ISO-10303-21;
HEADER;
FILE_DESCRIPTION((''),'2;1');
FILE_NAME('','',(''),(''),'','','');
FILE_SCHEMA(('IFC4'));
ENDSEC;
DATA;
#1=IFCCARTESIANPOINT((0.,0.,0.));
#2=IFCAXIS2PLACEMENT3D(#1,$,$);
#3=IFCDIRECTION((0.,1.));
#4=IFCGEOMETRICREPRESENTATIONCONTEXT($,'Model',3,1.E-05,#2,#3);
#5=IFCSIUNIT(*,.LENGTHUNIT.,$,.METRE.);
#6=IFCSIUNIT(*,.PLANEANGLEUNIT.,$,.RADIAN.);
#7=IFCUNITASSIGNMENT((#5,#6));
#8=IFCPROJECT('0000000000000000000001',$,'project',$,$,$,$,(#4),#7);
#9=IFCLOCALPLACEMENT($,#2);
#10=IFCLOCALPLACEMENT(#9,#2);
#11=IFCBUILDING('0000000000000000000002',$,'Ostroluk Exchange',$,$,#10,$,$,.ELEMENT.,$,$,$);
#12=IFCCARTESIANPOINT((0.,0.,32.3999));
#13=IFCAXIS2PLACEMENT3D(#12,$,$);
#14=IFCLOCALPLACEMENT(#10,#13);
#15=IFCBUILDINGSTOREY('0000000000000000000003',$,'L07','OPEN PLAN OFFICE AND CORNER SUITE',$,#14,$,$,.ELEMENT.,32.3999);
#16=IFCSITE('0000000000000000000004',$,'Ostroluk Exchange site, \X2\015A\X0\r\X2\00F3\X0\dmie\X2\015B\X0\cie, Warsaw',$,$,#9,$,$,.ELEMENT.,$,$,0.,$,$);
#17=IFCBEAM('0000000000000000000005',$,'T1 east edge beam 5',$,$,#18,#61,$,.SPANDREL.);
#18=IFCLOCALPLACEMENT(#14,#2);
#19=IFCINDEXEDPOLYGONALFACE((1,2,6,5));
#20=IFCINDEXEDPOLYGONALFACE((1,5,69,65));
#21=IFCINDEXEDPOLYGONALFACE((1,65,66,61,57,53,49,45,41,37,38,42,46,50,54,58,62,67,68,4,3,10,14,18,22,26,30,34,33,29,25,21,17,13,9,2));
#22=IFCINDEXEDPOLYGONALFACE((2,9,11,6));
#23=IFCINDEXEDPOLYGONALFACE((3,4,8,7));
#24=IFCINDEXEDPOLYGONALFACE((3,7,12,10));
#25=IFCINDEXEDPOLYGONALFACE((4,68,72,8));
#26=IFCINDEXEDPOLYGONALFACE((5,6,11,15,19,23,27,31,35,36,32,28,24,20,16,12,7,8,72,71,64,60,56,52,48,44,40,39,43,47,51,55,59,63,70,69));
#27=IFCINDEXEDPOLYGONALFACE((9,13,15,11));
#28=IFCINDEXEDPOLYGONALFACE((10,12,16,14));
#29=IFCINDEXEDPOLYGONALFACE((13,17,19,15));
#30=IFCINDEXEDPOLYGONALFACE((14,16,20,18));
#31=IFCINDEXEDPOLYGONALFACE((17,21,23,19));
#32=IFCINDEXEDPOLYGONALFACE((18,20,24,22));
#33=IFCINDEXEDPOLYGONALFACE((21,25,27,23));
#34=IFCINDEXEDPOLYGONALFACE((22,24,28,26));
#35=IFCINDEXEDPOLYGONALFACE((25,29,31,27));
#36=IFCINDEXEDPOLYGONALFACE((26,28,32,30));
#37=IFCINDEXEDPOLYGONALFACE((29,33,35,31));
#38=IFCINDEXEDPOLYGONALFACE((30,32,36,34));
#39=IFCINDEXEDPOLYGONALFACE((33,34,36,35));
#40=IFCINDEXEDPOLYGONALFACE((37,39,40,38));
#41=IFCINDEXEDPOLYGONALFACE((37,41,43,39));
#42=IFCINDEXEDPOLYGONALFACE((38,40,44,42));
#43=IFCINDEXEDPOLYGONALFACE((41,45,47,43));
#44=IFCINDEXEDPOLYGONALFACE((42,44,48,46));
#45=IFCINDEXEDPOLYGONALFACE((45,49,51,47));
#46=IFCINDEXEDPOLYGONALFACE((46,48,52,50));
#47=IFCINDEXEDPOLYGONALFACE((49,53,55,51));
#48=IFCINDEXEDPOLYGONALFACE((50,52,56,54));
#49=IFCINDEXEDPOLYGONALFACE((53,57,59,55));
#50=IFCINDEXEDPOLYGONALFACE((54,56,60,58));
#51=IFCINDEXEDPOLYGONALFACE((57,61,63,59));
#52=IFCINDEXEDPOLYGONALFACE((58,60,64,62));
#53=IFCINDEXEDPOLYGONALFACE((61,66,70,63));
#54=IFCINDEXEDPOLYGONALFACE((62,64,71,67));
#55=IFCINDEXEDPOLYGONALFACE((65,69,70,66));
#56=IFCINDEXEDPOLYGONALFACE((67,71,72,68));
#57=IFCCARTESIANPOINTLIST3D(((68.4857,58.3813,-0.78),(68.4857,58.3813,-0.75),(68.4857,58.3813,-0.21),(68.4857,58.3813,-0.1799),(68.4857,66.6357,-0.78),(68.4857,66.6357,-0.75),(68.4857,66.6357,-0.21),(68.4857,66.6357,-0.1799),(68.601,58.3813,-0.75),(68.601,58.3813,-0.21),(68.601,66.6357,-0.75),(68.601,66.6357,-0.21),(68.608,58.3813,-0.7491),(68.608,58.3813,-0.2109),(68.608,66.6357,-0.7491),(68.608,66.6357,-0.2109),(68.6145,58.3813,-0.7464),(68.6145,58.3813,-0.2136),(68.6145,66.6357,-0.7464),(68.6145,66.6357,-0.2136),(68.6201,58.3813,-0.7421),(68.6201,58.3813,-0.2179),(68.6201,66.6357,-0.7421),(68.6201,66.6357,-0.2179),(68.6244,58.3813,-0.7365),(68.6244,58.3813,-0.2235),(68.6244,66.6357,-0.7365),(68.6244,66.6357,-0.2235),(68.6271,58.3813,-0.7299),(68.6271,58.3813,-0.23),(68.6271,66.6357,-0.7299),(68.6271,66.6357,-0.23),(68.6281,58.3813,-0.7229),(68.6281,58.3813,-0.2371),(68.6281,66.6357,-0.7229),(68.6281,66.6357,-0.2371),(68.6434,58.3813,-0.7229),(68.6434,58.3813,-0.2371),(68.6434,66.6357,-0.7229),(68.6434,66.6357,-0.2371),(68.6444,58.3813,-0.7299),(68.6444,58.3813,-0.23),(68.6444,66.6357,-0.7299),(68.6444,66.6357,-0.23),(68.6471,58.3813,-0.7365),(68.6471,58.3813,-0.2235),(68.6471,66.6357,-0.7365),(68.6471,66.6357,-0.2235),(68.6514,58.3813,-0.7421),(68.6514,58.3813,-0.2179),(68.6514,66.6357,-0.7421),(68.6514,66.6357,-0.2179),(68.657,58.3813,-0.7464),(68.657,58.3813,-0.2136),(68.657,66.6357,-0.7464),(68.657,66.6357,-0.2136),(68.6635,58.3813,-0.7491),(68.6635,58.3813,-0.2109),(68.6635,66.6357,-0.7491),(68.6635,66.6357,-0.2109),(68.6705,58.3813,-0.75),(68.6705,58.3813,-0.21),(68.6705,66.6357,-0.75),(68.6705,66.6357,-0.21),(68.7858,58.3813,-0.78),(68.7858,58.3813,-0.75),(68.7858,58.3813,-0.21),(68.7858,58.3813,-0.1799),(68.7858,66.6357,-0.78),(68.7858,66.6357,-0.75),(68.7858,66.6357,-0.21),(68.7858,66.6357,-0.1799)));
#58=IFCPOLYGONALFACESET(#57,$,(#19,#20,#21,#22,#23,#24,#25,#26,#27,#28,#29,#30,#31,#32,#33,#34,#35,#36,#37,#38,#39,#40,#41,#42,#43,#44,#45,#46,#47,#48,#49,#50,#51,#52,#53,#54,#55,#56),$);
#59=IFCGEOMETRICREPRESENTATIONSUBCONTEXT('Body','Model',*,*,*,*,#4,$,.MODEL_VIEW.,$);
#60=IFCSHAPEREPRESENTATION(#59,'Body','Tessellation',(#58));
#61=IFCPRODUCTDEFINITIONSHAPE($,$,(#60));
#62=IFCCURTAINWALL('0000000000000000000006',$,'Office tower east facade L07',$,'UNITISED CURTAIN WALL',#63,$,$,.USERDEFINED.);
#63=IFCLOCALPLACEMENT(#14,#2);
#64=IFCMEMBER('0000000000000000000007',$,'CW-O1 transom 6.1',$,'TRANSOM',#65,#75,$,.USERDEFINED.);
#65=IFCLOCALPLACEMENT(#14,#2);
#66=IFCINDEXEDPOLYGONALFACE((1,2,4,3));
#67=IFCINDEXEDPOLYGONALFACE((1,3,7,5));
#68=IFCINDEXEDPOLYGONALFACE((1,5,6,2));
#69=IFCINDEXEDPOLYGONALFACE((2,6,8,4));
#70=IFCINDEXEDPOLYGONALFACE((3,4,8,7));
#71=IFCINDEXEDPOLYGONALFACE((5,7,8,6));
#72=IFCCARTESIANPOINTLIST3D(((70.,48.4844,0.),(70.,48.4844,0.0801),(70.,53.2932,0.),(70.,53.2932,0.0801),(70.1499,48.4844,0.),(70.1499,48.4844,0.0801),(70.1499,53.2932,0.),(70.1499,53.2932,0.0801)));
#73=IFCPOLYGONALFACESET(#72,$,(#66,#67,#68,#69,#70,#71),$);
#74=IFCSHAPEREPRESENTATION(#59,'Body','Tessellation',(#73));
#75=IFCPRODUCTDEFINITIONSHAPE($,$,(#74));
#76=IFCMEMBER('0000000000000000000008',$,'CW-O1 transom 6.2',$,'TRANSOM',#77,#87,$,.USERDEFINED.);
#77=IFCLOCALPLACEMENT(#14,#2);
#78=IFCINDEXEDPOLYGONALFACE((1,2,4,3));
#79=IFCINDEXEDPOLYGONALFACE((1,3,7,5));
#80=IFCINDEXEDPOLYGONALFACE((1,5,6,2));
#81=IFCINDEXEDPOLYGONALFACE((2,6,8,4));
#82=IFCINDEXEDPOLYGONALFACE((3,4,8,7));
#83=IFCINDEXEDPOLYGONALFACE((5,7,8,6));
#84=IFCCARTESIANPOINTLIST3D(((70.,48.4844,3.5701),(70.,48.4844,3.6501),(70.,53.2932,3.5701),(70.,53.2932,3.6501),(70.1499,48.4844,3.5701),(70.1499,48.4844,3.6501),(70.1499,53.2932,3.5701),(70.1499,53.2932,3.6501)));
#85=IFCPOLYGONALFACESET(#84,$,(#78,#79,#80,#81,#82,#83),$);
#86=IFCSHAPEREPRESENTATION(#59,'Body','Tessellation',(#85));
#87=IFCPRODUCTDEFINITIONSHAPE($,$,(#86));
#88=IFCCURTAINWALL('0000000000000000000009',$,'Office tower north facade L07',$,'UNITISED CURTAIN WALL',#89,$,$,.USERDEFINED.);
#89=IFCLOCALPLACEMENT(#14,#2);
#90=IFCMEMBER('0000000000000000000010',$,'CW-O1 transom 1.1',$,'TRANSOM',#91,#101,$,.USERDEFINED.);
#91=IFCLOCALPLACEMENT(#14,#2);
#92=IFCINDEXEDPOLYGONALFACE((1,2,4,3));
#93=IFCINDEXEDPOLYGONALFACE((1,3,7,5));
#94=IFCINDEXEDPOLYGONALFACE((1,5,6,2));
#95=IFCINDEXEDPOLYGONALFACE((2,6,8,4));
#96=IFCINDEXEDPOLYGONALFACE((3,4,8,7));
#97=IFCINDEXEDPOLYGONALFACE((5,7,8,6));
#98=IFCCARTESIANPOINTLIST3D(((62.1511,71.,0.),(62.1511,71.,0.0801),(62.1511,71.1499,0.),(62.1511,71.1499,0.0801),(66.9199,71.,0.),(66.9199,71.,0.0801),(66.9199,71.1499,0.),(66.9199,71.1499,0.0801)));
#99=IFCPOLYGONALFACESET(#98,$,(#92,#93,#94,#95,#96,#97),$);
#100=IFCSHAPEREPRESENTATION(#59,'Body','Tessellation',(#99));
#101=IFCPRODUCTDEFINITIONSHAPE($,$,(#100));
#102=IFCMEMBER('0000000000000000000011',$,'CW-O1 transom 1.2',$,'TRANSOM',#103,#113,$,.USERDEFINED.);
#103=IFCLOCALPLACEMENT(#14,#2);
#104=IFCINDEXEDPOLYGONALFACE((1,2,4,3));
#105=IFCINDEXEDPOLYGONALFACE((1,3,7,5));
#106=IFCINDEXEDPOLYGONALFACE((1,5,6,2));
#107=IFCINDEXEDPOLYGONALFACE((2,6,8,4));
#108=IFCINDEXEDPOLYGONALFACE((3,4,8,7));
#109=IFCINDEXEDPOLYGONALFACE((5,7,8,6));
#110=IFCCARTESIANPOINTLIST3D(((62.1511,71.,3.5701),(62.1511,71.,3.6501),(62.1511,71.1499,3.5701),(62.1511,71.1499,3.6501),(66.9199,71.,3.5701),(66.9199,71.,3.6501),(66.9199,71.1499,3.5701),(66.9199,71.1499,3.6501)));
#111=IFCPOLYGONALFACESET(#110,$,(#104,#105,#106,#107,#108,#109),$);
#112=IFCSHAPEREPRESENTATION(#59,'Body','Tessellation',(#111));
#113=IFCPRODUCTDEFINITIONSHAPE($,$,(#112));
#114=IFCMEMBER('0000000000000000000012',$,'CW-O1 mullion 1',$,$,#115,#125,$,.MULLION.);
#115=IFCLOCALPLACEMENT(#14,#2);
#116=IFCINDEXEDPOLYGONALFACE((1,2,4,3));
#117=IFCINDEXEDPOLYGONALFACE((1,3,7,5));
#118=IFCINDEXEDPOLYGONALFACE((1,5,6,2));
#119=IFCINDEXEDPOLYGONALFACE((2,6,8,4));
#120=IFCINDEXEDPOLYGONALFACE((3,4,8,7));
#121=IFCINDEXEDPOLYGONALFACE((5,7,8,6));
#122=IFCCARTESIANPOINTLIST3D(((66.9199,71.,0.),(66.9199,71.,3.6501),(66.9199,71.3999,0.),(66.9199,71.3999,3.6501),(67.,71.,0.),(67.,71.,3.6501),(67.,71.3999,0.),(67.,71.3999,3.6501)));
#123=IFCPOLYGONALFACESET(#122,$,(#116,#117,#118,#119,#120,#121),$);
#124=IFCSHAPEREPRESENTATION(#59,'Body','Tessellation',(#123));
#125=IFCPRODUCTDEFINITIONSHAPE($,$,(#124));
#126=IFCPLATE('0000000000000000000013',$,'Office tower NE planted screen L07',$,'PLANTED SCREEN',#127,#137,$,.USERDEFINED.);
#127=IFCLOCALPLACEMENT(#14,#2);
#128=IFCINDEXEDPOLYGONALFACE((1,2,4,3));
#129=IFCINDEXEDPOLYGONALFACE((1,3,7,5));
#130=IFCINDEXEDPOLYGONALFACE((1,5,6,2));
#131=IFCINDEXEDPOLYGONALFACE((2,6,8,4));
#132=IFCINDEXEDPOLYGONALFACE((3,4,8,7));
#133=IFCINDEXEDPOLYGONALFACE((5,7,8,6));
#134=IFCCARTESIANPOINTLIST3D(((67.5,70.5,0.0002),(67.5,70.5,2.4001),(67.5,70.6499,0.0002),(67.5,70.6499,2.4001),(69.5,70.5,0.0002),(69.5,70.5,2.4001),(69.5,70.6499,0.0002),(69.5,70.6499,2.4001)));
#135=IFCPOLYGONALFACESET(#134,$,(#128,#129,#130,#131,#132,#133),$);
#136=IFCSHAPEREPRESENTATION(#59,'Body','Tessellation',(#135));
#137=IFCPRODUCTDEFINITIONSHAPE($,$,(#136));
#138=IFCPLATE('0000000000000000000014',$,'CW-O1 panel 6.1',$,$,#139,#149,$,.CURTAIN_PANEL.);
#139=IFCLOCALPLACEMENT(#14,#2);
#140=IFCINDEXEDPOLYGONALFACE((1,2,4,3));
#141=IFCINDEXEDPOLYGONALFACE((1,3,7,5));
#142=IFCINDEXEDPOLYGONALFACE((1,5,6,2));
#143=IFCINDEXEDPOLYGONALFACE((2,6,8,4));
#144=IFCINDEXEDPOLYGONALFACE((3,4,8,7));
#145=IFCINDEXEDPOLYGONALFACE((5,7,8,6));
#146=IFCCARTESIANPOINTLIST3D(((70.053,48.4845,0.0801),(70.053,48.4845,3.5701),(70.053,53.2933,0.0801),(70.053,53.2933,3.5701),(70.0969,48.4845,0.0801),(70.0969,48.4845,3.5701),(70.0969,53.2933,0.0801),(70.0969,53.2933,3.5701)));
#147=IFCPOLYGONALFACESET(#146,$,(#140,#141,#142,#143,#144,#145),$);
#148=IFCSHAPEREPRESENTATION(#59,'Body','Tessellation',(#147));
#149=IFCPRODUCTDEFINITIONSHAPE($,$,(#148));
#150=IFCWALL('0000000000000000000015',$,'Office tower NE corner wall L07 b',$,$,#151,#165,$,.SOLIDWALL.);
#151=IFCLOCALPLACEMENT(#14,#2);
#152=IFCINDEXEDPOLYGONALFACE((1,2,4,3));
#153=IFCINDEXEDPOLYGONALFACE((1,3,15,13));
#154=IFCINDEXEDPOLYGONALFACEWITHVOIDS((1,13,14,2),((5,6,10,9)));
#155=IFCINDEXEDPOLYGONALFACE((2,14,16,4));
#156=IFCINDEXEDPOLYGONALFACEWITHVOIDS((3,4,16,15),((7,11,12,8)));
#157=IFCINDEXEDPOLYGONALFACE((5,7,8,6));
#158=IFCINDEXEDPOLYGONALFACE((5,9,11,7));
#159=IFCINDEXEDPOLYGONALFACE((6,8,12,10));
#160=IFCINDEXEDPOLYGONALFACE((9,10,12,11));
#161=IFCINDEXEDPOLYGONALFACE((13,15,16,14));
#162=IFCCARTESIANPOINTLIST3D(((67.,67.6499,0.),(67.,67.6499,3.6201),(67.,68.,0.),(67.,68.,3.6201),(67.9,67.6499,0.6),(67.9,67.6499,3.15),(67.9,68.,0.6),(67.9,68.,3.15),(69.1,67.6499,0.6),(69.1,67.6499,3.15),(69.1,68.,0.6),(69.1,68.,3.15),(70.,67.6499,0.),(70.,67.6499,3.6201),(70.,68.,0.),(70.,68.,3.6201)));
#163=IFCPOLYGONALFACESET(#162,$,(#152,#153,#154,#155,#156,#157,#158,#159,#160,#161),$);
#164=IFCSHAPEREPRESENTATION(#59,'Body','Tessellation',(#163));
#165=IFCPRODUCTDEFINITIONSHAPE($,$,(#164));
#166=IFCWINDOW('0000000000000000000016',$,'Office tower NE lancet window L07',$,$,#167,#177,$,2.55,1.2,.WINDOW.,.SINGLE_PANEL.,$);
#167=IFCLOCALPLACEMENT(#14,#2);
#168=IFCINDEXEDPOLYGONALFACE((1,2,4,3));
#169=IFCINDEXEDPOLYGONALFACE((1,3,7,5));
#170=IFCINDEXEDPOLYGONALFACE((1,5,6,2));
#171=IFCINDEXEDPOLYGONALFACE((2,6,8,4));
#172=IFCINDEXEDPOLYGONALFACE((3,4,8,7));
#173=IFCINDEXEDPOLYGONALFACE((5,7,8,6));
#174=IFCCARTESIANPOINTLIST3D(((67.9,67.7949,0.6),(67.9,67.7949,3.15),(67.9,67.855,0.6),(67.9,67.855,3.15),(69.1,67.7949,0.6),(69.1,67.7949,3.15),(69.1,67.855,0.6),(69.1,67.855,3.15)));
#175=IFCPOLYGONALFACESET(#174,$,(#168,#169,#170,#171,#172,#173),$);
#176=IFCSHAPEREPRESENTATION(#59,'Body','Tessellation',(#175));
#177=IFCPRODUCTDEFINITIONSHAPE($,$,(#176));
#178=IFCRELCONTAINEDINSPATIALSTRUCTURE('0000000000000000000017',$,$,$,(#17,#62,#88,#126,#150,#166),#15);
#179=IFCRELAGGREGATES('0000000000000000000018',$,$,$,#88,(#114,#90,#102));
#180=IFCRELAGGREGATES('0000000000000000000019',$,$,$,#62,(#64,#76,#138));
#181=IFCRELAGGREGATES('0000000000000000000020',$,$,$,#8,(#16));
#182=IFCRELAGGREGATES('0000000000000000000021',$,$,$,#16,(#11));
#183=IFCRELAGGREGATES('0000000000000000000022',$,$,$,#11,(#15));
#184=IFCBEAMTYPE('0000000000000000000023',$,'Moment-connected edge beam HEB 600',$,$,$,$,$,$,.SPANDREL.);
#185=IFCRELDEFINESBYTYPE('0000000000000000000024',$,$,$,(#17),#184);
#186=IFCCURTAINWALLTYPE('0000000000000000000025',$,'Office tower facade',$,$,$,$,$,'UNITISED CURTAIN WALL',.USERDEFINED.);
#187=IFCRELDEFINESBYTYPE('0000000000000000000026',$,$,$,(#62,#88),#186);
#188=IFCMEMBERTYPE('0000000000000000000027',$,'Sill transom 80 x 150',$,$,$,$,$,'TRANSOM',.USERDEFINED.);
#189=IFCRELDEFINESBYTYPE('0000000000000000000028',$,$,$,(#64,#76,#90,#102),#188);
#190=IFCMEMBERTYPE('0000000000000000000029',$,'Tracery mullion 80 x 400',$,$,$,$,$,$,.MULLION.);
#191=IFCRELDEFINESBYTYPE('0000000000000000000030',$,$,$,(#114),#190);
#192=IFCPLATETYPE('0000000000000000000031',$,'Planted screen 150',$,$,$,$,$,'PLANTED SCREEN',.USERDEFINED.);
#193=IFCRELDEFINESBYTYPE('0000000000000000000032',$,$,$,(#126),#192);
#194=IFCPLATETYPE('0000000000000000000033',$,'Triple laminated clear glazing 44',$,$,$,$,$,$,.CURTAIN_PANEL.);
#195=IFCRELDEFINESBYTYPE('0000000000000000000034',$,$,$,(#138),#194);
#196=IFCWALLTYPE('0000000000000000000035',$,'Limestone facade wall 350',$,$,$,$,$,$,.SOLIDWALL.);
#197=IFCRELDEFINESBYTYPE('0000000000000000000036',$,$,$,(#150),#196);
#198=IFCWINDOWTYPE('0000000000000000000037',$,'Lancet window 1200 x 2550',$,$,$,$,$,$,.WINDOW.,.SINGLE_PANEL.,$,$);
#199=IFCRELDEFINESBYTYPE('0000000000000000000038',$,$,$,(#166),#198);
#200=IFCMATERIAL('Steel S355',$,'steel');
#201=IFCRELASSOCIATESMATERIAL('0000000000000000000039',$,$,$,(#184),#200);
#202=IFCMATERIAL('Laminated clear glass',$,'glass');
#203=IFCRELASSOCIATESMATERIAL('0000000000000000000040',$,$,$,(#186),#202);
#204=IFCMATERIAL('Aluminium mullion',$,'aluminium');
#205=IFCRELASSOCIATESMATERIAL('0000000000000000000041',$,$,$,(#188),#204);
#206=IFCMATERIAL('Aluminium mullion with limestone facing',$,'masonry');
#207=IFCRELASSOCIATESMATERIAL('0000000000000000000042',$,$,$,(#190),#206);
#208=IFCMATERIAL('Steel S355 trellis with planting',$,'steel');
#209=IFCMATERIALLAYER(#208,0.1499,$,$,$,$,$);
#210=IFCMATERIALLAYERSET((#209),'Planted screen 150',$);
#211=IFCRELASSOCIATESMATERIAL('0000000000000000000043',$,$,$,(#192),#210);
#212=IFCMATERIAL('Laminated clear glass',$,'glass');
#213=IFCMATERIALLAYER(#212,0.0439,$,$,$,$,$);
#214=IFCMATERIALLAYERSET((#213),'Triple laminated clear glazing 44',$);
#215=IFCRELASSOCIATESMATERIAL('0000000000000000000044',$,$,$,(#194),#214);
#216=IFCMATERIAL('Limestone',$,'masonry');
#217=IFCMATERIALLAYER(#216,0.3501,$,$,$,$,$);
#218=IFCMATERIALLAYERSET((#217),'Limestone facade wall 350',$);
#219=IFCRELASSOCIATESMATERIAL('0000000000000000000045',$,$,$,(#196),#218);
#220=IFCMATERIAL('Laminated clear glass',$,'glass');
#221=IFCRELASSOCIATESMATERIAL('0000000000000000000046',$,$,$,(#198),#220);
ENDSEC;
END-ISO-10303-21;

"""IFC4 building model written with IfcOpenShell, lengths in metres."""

from ifc_helpers import new_model, si_unit, direction, frame, frame_2d, origin, origin_2d, place, context, subcontext, project, spatial, rectangle, i_section, extrude, material, layer, layer_set, material_profile, profile_set, type_object, element, fill, aggregate, save


model = new_model("IFC4")

# Units and contexts
model_context = context("Model", 3, precision=1e-05, world=origin(), true_north=direction((0.0, 1.0)))
body_context = subcontext(model_context, "Body", "Model", "MODEL_VIEW")
ifc_project = project(units=[si_unit("LENGTHUNIT", "METRE"), si_unit("PLANEANGLEUNIT", "RADIAN")], contexts=[model_context])

# Site, building, storey
site_placement = place(None, origin())
site = spatial("IfcSite", under=ifc_project, at=site_placement, Name="Ostroluk Exchange site, Śródmieście, Warsaw", CompositionType="ELEMENT", RefElevation=0.0)
building_placement = place(site_placement, origin())
building = spatial("IfcBuilding", under=site, at=building_placement, Name="Ostroluk Exchange", CompositionType="ELEMENT")
storey_placement = place(building_placement, frame((0.0, 0.0, 32.3999)))
storey = spatial("IfcBuildingStorey", under=building, at=storey_placement, Name="L07", Description="OPEN PLAN OFFICE AND CORNER SUITE", CompositionType="ELEMENT", Elevation=32.3999)

# Beam
ifc_material_1 = material(Name="Steel S355", Category="steel")
ifc_material_profile_1 = material_profile(ifc_material_1, i_section(OverallWidth=0.3, OverallDepth=0.6001, WebThickness=0.0154, FlangeThickness=0.03, FilletRadius=0.0271, at=origin_2d()), Name="HEB 600")
ifc_profile_set_1 = profile_set([ifc_material_profile_1], Name="Steel S355")
beam_type_1 = type_object("IfcBeamType", Name="Moment-connected edge beam HEB 600", PredefinedType="SPANDREL", material=ifc_profile_set_1)
beam_1_placement = place(storey_placement, frame((68.6357, 58.3813, -0.48), z_axis=(0.0, 1.0, 0.0), x_axis=(-1.0, 0.0, 0.0)))
element("IfcBeam", 1, at=beam_1_placement, inside=storey, type_object=beam_type_1, Name="T1 east edge beam 5", PredefinedType="SPANDREL", context=body_context, shape_type="SweptSolid", body=[
    extrude(i_section(OverallWidth=0.3, OverallDepth=0.6001, WebThickness=0.0154, FlangeThickness=0.03, FilletRadius=0.0271, at=origin_2d()), origin(), (0.0, 0.0, 1.0), 8.2544),
])

# Curtain walls, members
ifc_material_2 = material(Name="Laminated clear glass", Category="glass")
curtain_wall_type = type_object("IfcCurtainWallType", Name="Office tower facade", ElementType="UNITISED CURTAIN WALL", PredefinedType="USERDEFINED", material=ifc_material_2)
curtain_wall_1_placement = place(storey_placement, origin())
curtain_wall_1 = element("IfcCurtainWall", 2, at=curtain_wall_1_placement, inside=storey, type_object=curtain_wall_type, Name="Office tower east facade L07", ObjectType="UNITISED CURTAIN WALL", PredefinedType="USERDEFINED")
ifc_material_3 = material(Name="Aluminium mullion", Category="aluminium")
ifc_material_profile_2 = material_profile(ifc_material_3, rectangle(XDim=0.1499, YDim=0.0801, at=origin_2d()), Name="Sill transom 80 x 150")
ifc_profile_set_2 = profile_set([ifc_material_profile_2], Name="Aluminium mullion")
member_type_1 = type_object("IfcMemberType", Name="Sill transom 80 x 150", ElementType="TRANSOM", PredefinedType="USERDEFINED", material=ifc_profile_set_2)
member_1_placement = place(storey_placement, frame((70.075, 48.4844, 0.04), z_axis=(0.0, 1.0, 0.0), x_axis=(-1.0, 0.0, 0.0)))
member_1 = element("IfcMember", 3, at=member_1_placement, type_object=member_type_1, Name="CW-O1 transom 6.1", ObjectType="TRANSOM", PredefinedType="USERDEFINED", context=body_context, shape_type="SweptSolid", body=[
    extrude(rectangle(XDim=0.1499, YDim=0.0801, at=origin_2d()), origin(), (0.0, 0.0, 1.0), 4.8088),
])
member_2_placement = place(storey_placement, frame((70.075, 48.4844, 3.6101), z_axis=(0.0, 1.0, 0.0), x_axis=(-1.0, 0.0, 0.0)))
member_2 = element("IfcMember", 4, at=member_2_placement, type_object=member_type_1, Name="CW-O1 transom 6.2", ObjectType="TRANSOM", PredefinedType="USERDEFINED", context=body_context, shape_type="SweptSolid", body=[
    extrude(rectangle(XDim=0.1499, YDim=0.0801, at=origin_2d()), origin(), (0.0, 0.0, 1.0), 4.8088),
])
curtain_wall_2_placement = place(storey_placement, origin())
curtain_wall_2 = element("IfcCurtainWall", 5, at=curtain_wall_2_placement, inside=storey, type_object=curtain_wall_type, Name="Office tower north facade L07", ObjectType="UNITISED CURTAIN WALL", PredefinedType="USERDEFINED")
member_3_placement = place(storey_placement, frame((66.9199, 71.075, 0.04), z_axis=(-1.0, 0.0, 0.0), x_axis=(0.0, -1.0, 0.0)))
member_3 = element("IfcMember", 6, at=member_3_placement, type_object=member_type_1, Name="CW-O1 transom 1.1", ObjectType="TRANSOM", PredefinedType="USERDEFINED", context=body_context, shape_type="SweptSolid", body=[
    extrude(rectangle(XDim=0.1499, YDim=0.0801, at=origin_2d()), origin(), (0.0, 0.0, 1.0), 4.7688),
])
member_4_placement = place(storey_placement, frame((66.9199, 71.075, 3.6101), z_axis=(-1.0, 0.0, 0.0), x_axis=(0.0, -1.0, 0.0)))
member_4 = element("IfcMember", 7, at=member_4_placement, type_object=member_type_1, Name="CW-O1 transom 1.2", ObjectType="TRANSOM", PredefinedType="USERDEFINED", context=body_context, shape_type="SweptSolid", body=[
    extrude(rectangle(XDim=0.1499, YDim=0.0801, at=origin_2d()), origin(), (0.0, 0.0, 1.0), 4.7688),
])
ifc_material_4 = material(Name="Aluminium mullion with limestone facing", Category="masonry")
ifc_material_profile_3 = material_profile(ifc_material_4, rectangle(XDim=0.3999, YDim=0.0801, at=origin_2d()), Name="Tracery mullion 80 x 400")
ifc_profile_set_3 = profile_set([ifc_material_profile_3], Name="Aluminium mullion with limestone facing")
member_type_2 = type_object("IfcMemberType", Name="Tracery mullion 80 x 400", PredefinedType="MULLION", material=ifc_profile_set_3)
member_5_placement = place(storey_placement, frame((66.96, 71.2, 0.0), z_axis=(0.0, 0.0, 1.0), x_axis=(0.0, -1.0, 0.0)))
member_5 = element("IfcMember", 8, at=member_5_placement, type_object=member_type_2, Name="CW-O1 mullion 1", PredefinedType="MULLION", context=body_context, shape_type="SweptSolid", body=[
    extrude(rectangle(XDim=0.3999, YDim=0.0801, at=origin_2d()), origin(), (0.0, 0.0, 1.0), 3.6501),
])
aggregate(curtain_wall_2, [member_5, member_3, member_4])

# Plates
ifc_material_5 = material(Name="Steel S355 trellis with planting", Category="steel")
ifc_layer_1 = layer(ifc_material_5, 0.1499)
ifc_layer_set_1 = layer_set([ifc_layer_1], Name="Planted screen 150")
plate_type_1 = type_object("IfcPlateType", Name="Planted screen 150", ElementType="PLANTED SCREEN", PredefinedType="USERDEFINED", material=ifc_layer_set_1)
plate_1_placement = place(storey_placement, frame((68.5, 70.575, 0.0002), z_axis=(0.0, 0.0, 1.0), x_axis=(1.0, 0.0, 0.0)))
element("IfcPlate", 9, at=plate_1_placement, inside=storey, type_object=plate_type_1, Name="Office tower NE planted screen L07", ObjectType="PLANTED SCREEN", PredefinedType="USERDEFINED", context=body_context, shape_type="SweptSolid", body=[
    extrude(rectangle(XDim=2.0, YDim=0.1499, at=origin_2d()), origin(), (0.0, 0.0, 1.0), 2.3999),
])
ifc_material_6 = material(Name="Laminated clear glass", Category="glass")
ifc_layer_2 = layer(ifc_material_6, 0.0439)
ifc_layer_set_2 = layer_set([ifc_layer_2], Name="Triple laminated clear glazing 44")
plate_type_2 = type_object("IfcPlateType", Name="Triple laminated clear glazing 44", PredefinedType="CURTAIN_PANEL", material=ifc_layer_set_2)
plate_2_placement = place(storey_placement, frame((70.075, 50.8889, 0.0801), z_axis=(0.0, 0.0, 1.0), x_axis=(0.0, 1.0, 0.0)))
plate_2 = element("IfcPlate", 10, at=plate_2_placement, type_object=plate_type_2, Name="CW-O1 panel 6.1", PredefinedType="CURTAIN_PANEL", context=body_context, shape_type="SweptSolid", body=[
    extrude(rectangle(XDim=4.8088, YDim=0.0439, at=origin_2d()), origin(), (0.0, 0.0, 1.0), 3.49),
])
aggregate(curtain_wall_1, [member_1, member_2, plate_2])

# Shared definitions
ifc_material_7 = material(Name="Limestone", Category="masonry")
ifc_layer_3 = layer(ifc_material_7, 0.3501)
ifc_layer_set_3 = layer_set([ifc_layer_3], Name="Limestone facade wall 350")
wall_type = type_object("IfcWallType", Name="Limestone facade wall 350", PredefinedType="SOLIDWALL", material=ifc_layer_set_3)

# Wall, opening, window
wall_1_placement = place(storey_placement, frame((67.0, 67.825, 0.0), z_axis=(0.0, 0.0, 1.0), x_axis=(1.0, 0.0, 0.0)))
wall_1 = element("IfcWall", 11, at=wall_1_placement, inside=storey, type_object=wall_type, Name="Office tower NE corner wall L07 b", PredefinedType="SOLIDWALL", context=body_context, shape_type="SweptSolid", body=[
    extrude(rectangle(XDim=3.0, YDim=0.3501, at=frame_2d((1.5, 0.0))), origin(), (0.0, 0.0, 1.0), 3.6201),
])
opening_1_placement = place(wall_1_placement, frame((0.8999, 0.0, 0.6001)))
opening_1 = element("IfcOpeningElement", 12, at=opening_1_placement, cuts=wall_1, PredefinedType="OPENING", context=body_context, shape_type="SweptSolid", body=[
    extrude(rectangle(XDim=1.2, YDim=2.55, at=frame_2d((0.6001, 1.2749))), frame((0.0, 0.1851, 0.0), z_axis=(0.0, -1.0, 0.0), x_axis=(1.0, 0.0, 0.0)), (0.0, 0.0, 1.0), 0.3701),
])
ifc_material_8 = material(Name="Laminated clear glass", Category="glass")
window_type = type_object("IfcWindowType", Name="Lancet window 1200 x 2550", PartitioningType="SINGLE_PANEL", PredefinedType="WINDOW", material=ifc_material_8)
window_placement = place(opening_1_placement, origin())
window = element("IfcWindow", 13, at=window_placement, inside=storey, type_object=window_type, Name="Office tower NE lancet window L07", OverallHeight=2.55, OverallWidth=1.2, PartitioningType="SINGLE_PANEL", PredefinedType="WINDOW", context=body_context, shape_type="SweptSolid", body=[
    extrude(rectangle(XDim=1.2, YDim=2.55, at=frame_2d((0.6001, 1.2749))), frame((0.0, 0.03, 0.0), z_axis=(0.0, -1.0, 0.0), x_axis=(1.0, 0.0, 0.0)), (0.0, 0.0, 1.0), 0.0601),
])
fill(opening_1, window)

save(model, "model.ifc")
